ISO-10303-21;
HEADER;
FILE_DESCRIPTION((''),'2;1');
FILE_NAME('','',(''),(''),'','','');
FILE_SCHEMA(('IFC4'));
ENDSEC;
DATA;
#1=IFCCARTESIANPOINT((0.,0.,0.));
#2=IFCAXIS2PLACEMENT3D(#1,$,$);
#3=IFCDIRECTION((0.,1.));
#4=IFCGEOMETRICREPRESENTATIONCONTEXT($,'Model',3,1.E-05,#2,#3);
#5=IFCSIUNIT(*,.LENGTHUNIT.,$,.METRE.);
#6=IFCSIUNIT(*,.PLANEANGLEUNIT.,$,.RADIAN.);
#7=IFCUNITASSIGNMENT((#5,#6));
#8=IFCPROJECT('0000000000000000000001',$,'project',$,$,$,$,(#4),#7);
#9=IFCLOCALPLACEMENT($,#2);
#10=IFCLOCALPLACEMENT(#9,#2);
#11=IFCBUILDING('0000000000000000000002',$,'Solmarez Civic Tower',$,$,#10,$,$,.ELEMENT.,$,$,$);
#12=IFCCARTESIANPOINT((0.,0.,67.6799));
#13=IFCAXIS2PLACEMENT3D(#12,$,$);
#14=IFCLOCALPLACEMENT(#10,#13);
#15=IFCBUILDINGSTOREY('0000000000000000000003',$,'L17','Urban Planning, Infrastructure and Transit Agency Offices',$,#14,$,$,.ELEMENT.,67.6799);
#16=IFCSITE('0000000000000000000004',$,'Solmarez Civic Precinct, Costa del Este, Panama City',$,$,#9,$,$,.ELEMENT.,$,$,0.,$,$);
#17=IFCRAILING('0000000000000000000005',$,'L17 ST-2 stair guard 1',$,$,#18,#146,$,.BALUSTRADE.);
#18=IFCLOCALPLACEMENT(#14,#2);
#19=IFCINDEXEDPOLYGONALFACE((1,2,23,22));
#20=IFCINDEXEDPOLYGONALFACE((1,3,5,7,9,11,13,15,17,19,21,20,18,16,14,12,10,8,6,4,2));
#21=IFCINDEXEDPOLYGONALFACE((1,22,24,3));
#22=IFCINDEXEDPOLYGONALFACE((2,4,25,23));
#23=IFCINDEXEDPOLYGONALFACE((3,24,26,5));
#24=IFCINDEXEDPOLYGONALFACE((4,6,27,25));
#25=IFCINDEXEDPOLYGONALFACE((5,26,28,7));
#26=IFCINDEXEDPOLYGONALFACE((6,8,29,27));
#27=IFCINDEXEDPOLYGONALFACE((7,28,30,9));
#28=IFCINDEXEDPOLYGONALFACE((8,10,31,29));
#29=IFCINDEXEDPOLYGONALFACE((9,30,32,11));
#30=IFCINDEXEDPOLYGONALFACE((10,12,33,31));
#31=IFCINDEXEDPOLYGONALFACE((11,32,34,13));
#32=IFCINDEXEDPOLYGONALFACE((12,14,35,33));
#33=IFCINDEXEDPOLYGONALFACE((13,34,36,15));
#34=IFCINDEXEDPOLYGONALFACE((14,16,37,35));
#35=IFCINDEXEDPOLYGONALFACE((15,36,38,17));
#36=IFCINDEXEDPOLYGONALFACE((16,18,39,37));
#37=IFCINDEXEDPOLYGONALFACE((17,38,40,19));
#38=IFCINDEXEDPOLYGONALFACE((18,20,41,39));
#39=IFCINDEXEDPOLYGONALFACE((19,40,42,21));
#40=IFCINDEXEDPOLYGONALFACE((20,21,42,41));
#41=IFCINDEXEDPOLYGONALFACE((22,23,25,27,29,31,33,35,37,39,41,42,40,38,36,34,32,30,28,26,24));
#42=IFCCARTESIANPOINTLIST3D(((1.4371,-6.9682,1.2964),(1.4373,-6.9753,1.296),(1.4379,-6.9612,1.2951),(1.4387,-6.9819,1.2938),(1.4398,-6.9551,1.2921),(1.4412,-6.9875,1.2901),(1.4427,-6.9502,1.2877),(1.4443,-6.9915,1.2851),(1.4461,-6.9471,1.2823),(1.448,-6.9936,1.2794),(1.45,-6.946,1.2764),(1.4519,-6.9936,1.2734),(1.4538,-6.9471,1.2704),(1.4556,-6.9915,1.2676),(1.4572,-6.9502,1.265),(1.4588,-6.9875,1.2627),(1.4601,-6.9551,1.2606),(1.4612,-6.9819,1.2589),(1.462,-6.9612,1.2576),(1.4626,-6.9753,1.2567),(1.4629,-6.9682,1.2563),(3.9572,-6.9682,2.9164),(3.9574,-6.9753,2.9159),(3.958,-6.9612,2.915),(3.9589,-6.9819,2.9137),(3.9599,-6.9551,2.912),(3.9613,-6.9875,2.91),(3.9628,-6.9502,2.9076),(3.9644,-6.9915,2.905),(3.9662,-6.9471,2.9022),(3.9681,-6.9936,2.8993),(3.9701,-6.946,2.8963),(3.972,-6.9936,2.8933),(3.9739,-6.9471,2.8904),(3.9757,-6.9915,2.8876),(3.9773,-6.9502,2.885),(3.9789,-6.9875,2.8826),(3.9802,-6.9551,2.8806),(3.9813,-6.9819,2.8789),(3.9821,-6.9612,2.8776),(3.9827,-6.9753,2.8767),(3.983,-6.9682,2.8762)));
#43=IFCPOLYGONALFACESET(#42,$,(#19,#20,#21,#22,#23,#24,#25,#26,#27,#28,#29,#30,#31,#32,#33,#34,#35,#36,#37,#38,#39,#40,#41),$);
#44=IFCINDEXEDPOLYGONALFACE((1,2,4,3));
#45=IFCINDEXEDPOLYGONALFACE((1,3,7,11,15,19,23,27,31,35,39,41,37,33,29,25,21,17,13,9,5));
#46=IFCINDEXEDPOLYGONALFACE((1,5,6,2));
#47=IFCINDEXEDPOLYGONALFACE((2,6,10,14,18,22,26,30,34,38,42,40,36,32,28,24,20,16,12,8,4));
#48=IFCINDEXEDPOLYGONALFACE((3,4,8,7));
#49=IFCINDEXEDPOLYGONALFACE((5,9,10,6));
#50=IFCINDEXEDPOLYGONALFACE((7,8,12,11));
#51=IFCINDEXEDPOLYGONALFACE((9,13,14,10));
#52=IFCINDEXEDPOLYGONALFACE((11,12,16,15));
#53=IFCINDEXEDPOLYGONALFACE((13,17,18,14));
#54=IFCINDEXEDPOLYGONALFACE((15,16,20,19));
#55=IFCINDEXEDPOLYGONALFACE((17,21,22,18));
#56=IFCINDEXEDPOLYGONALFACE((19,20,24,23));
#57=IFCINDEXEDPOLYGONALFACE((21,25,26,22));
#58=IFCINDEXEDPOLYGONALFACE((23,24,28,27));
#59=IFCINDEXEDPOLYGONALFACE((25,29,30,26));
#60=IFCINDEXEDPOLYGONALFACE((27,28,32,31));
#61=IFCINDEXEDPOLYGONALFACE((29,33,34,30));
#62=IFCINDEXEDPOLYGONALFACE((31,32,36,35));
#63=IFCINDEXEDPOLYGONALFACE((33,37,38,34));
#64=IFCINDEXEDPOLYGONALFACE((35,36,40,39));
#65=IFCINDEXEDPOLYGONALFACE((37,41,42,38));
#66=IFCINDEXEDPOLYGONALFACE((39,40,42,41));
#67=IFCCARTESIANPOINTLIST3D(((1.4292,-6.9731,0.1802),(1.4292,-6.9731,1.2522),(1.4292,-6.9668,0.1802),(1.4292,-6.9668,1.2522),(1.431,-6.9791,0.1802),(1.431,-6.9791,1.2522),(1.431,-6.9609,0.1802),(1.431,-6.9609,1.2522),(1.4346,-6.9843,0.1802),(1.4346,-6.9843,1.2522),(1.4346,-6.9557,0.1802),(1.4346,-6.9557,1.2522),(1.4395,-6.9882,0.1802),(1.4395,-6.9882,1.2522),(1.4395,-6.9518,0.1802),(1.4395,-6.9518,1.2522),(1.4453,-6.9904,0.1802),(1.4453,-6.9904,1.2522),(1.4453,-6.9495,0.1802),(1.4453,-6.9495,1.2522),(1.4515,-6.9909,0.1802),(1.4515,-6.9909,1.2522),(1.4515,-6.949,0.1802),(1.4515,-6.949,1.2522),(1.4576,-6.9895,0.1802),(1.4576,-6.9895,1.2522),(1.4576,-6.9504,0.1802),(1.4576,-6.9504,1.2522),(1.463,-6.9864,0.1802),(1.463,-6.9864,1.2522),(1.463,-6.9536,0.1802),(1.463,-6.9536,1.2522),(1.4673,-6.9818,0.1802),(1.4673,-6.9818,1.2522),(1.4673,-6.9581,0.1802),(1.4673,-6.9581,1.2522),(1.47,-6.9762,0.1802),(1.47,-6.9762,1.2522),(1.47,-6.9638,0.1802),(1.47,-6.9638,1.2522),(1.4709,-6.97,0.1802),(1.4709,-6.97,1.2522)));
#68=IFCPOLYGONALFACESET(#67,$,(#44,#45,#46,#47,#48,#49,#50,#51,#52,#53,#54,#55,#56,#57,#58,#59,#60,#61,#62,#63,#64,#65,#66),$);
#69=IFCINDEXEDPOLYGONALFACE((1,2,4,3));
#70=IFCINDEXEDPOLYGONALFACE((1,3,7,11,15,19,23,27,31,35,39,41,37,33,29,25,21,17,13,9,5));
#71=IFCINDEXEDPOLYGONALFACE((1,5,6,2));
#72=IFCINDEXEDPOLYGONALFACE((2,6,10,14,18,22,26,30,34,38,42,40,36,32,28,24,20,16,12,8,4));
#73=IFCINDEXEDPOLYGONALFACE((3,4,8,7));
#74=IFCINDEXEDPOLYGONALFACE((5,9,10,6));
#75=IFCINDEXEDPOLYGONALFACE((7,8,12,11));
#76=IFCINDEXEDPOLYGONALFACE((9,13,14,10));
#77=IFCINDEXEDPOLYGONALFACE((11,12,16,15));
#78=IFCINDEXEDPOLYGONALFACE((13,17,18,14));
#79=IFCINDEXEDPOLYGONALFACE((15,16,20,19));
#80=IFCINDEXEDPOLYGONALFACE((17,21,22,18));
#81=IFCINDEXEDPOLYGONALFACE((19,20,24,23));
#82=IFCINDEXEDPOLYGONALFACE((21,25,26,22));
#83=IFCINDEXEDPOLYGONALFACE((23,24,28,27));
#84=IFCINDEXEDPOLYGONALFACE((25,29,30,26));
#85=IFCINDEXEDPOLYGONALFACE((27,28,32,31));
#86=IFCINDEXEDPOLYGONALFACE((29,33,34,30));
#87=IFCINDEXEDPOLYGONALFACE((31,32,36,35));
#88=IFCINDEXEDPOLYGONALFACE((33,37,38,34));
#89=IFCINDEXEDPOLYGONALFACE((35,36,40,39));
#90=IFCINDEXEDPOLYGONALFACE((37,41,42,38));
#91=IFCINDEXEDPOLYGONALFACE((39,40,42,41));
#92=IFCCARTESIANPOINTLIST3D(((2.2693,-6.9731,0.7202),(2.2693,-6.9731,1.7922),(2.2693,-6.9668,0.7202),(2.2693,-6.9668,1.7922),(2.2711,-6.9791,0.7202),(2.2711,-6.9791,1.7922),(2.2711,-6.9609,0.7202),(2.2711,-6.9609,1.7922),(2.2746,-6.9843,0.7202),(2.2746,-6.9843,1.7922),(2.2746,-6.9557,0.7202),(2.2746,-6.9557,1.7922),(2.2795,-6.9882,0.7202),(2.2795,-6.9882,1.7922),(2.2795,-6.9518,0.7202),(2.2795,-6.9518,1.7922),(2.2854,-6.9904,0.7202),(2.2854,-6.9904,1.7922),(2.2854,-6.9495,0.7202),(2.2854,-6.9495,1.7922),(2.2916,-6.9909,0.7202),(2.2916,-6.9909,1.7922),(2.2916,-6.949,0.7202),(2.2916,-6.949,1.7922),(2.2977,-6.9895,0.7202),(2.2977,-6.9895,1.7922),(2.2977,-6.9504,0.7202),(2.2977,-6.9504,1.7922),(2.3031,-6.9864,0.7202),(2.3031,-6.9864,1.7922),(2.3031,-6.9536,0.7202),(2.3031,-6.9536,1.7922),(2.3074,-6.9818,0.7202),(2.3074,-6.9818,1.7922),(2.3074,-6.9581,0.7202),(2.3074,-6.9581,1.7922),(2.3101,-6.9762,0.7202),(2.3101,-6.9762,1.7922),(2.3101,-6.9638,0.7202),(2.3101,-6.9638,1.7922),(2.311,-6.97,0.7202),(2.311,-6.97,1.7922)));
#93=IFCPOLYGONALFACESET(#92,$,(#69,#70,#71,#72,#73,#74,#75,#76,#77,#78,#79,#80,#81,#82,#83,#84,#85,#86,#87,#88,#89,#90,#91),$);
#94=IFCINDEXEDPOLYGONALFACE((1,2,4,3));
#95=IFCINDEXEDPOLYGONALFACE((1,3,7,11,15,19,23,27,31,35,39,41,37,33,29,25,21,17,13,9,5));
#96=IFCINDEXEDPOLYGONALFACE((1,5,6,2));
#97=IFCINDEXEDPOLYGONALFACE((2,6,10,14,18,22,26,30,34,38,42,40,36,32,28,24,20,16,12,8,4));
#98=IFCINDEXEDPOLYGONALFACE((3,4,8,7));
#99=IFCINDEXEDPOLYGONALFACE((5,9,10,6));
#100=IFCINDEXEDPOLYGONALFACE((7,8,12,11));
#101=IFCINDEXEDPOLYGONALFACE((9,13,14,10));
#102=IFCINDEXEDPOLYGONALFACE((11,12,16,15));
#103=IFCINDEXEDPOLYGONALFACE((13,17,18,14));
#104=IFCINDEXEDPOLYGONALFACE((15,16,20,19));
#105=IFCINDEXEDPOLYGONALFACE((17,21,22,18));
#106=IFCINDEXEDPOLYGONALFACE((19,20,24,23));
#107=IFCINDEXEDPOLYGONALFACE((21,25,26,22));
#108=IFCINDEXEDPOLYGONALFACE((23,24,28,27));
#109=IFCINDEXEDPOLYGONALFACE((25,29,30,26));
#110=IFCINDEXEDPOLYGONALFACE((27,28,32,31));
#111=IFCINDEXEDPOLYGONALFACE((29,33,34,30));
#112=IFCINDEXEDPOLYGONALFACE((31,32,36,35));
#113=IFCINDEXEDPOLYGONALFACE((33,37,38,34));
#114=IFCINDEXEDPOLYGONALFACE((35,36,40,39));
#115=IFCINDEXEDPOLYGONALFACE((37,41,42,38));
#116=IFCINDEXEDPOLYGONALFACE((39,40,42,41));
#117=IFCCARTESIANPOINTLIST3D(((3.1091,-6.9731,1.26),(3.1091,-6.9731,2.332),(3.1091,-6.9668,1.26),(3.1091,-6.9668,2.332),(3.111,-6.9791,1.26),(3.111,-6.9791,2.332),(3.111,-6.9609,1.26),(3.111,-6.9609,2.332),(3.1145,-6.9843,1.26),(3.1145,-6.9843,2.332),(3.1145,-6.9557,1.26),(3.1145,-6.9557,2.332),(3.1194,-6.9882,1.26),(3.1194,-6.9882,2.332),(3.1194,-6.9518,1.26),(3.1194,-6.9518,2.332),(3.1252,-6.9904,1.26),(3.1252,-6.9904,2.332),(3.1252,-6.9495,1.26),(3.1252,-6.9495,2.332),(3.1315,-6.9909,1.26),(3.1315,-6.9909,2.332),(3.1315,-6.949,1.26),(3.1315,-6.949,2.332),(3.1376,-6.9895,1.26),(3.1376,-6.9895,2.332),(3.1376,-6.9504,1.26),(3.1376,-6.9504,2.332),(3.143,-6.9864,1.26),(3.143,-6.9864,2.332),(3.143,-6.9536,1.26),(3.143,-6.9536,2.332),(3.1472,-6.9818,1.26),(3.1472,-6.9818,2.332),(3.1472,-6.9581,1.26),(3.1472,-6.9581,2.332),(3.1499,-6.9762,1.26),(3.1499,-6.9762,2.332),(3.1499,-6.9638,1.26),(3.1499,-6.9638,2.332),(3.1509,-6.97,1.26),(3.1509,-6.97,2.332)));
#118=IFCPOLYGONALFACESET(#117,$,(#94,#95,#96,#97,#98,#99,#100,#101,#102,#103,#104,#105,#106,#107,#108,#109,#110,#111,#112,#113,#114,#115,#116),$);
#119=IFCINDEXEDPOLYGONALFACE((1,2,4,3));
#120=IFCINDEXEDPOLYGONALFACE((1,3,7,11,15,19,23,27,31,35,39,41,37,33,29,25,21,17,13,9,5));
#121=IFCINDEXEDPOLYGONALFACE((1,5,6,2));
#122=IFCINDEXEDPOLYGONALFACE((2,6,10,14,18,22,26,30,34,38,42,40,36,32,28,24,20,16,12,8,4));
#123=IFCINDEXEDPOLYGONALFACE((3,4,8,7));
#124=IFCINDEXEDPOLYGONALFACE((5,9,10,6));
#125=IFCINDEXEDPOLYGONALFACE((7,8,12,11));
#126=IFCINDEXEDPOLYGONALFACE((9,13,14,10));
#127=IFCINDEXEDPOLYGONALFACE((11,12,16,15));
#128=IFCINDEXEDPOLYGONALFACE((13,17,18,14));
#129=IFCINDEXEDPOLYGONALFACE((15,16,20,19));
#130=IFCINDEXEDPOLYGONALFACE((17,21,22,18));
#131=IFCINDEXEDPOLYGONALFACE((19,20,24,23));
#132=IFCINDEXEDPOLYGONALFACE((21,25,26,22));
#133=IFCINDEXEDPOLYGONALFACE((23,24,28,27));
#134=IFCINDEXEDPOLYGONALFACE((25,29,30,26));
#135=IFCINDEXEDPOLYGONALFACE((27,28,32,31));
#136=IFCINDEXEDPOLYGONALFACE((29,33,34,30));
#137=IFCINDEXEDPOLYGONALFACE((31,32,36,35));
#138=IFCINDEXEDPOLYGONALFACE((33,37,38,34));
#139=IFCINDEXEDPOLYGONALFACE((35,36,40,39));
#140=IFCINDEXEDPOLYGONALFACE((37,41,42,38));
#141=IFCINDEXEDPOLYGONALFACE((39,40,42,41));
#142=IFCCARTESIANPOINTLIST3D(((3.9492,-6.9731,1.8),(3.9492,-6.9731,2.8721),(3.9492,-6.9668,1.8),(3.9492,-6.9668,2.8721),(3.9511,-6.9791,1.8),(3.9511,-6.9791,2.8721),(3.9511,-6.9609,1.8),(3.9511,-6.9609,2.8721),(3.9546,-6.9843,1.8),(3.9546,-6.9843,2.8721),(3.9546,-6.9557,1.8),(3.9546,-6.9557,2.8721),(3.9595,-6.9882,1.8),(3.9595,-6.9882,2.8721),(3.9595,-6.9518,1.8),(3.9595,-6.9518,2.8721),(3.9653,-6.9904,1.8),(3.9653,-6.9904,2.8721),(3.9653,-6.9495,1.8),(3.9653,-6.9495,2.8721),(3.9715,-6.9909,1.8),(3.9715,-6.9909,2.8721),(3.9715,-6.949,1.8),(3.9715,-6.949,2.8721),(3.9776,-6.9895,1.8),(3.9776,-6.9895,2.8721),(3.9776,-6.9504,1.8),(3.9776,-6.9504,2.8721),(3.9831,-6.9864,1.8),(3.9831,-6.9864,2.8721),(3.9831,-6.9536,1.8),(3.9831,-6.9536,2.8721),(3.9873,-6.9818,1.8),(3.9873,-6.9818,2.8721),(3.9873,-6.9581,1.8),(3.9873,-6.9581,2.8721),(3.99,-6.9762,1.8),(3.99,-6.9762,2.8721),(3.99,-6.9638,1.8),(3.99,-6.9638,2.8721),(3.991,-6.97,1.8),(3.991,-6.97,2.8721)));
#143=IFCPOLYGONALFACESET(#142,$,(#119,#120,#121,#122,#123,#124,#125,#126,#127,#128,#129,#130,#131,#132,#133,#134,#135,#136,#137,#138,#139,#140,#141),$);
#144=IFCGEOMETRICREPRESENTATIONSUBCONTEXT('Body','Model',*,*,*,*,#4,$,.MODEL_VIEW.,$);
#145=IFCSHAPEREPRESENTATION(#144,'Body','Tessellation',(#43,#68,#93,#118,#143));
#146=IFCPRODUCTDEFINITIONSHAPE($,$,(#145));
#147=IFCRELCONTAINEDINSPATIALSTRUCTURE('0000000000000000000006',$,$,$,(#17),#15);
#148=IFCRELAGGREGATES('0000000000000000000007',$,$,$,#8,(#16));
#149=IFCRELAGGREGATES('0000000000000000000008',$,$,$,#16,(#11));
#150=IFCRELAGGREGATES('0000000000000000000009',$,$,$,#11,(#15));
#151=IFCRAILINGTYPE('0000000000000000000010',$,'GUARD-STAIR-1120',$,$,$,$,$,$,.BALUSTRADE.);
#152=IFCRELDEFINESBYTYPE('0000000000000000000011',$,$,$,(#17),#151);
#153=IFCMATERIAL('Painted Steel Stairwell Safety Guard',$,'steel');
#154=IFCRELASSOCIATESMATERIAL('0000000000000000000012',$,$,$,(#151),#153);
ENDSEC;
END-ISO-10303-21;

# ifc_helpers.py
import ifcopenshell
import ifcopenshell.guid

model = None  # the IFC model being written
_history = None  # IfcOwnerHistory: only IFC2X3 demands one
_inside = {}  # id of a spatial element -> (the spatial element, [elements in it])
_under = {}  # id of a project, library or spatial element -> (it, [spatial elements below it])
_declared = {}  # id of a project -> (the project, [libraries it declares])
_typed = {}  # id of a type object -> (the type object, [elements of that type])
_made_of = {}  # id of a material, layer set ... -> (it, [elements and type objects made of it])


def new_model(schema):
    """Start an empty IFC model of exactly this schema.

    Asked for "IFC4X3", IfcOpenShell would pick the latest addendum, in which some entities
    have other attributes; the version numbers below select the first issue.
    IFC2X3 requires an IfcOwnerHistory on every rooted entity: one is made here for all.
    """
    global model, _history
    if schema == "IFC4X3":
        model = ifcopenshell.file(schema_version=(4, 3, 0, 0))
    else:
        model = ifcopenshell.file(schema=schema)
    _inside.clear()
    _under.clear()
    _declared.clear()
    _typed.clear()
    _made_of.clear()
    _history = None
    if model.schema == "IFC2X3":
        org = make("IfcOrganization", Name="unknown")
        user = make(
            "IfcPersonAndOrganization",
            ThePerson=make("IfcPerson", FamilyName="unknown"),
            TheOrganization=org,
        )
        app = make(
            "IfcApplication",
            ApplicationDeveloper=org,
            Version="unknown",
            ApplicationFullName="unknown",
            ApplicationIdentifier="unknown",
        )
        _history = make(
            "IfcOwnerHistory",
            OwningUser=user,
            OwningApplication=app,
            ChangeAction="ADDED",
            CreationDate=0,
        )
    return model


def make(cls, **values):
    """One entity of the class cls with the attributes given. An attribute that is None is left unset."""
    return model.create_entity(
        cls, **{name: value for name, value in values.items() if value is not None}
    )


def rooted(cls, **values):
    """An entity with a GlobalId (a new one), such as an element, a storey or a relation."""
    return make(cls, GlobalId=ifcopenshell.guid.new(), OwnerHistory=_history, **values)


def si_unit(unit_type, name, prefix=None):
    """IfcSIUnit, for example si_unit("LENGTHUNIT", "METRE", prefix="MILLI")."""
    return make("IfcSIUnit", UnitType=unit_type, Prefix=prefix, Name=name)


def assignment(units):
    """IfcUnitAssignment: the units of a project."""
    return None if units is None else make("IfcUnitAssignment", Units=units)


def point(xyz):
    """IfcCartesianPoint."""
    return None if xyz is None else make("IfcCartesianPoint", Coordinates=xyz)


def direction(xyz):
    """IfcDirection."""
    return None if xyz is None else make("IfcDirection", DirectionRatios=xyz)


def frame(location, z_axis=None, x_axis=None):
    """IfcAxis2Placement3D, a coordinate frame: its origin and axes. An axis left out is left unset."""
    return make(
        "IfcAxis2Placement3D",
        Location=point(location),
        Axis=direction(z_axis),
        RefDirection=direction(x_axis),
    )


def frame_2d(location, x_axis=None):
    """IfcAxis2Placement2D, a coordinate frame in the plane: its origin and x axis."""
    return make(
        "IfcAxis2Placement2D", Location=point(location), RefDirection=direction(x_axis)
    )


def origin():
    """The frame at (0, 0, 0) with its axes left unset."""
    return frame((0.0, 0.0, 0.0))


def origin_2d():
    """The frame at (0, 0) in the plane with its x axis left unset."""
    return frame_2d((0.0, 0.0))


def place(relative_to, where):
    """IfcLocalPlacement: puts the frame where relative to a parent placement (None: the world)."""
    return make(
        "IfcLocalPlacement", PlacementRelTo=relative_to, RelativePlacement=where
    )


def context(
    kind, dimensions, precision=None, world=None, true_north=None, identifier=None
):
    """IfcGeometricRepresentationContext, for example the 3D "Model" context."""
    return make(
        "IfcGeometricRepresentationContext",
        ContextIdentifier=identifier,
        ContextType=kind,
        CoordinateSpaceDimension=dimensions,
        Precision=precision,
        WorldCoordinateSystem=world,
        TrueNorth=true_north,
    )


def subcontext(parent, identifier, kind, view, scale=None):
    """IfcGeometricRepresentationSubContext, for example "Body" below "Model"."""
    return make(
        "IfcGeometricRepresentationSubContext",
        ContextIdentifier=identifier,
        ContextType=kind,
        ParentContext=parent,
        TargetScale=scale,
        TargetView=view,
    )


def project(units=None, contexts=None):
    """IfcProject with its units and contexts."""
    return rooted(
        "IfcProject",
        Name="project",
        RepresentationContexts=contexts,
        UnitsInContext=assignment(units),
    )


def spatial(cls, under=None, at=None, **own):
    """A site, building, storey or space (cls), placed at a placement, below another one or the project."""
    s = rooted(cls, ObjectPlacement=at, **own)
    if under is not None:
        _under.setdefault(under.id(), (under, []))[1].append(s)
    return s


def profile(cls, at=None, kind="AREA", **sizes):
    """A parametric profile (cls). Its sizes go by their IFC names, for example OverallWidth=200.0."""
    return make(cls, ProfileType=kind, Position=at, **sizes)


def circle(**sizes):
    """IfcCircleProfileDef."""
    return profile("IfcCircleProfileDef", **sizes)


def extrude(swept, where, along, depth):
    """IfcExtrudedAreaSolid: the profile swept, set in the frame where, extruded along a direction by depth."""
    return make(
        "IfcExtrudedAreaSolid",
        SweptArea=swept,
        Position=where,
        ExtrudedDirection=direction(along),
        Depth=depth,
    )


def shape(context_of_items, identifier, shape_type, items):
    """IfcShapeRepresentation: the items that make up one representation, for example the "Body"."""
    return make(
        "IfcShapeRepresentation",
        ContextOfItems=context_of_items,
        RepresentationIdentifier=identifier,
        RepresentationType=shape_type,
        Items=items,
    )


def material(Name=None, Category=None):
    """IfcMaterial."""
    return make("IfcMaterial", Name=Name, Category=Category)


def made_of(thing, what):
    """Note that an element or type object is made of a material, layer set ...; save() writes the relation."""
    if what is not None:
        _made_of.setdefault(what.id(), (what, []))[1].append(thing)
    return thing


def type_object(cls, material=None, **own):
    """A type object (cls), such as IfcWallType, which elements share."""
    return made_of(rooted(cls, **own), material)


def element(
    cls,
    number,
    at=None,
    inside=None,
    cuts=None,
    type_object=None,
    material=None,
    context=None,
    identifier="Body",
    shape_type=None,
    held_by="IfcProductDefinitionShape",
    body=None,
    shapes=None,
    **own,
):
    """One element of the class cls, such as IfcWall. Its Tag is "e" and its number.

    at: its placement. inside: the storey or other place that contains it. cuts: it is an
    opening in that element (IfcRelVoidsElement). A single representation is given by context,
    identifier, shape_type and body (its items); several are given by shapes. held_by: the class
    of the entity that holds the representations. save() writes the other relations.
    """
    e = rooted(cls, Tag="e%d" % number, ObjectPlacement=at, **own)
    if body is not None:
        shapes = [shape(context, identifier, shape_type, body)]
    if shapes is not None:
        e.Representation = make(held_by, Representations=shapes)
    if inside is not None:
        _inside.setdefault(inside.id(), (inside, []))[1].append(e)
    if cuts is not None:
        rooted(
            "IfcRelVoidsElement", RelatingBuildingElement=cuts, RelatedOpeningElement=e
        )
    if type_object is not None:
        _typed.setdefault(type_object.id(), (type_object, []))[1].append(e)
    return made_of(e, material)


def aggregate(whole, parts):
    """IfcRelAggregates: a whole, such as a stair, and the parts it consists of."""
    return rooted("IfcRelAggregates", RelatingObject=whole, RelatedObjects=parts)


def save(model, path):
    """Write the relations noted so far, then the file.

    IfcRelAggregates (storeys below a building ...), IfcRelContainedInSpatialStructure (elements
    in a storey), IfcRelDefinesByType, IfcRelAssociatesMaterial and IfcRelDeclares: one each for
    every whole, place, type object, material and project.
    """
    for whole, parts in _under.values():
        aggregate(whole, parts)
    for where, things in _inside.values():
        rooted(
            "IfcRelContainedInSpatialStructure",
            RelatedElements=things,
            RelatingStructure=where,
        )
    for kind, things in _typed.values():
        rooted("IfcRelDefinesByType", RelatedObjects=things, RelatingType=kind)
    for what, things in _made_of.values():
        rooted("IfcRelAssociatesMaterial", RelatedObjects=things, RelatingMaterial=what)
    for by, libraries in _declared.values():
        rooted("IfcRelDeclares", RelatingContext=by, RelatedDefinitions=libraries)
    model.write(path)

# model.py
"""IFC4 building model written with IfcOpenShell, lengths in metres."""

from ifc_helpers import new_model, si_unit, direction, frame, origin, origin_2d, place, context, subcontext, project, spatial, circle, extrude, material, type_object, element, save


model = new_model("IFC4")

# Units and contexts
model_context = context("Model", 3, precision=1e-05, world=origin(), true_north=direction((0.0, 1.0)))
body_context = subcontext(model_context, "Body", "Model", "MODEL_VIEW")
ifc_project = project(units=[si_unit("LENGTHUNIT", "METRE"), si_unit("PLANEANGLEUNIT", "RADIAN")], contexts=[model_context])

# Site, building, storey
site_placement = place(None, origin())
site = spatial("IfcSite", under=ifc_project, at=site_placement, Name="Solmarez Civic Precinct, Costa del Este, Panama City", CompositionType="ELEMENT", RefElevation=0.0)
building_placement = place(site_placement, origin())
building = spatial("IfcBuilding", under=site, at=building_placement, Name="Solmarez Civic Tower", CompositionType="ELEMENT")
storey_placement = place(building_placement, frame((0.0, 0.0, 67.6799)))
storey = spatial("IfcBuildingStorey", under=building, at=storey_placement, Name="L17", Description="Urban Planning, Infrastructure and Transit Agency Offices", CompositionType="ELEMENT", Elevation=67.6799)

# Railing
ifc_material_1 = material(Name="Painted Steel Stairwell Safety Guard", Category="steel")
railing_type_1 = type_object("IfcRailingType", Name="GUARD-STAIR-1120", PredefinedType="BALUSTRADE", material=ifc_material_1)
railing_1_placement = place(storey_placement, frame((1.45, -6.97, 0.1802)))
element("IfcRailing", 1, at=railing_1_placement, inside=storey, type_object=railing_type_1, Name="L17 ST-2 stair guard 1", PredefinedType="BALUSTRADE", context=body_context, shape_type="SweptSolid", body=[
    extrude(circle(Radius=0.0239, at=origin_2d()), frame((0.0, 0.0, 1.0962), z_axis=(0.8412, 0.0, 0.540725), x_axis=(0.0, 1.0, 0.0)), (0.0, 0.0, 1.0), 2.9958),
    extrude(circle(Radius=0.021, at=origin_2d()), origin(), (0.0, 0.0, 1.0), 1.072),
    extrude(circle(Radius=0.021, at=origin_2d()), frame((0.8401, 0.0, 0.54)), (0.0, 0.0, 1.0), 1.072),
    extrude(circle(Radius=0.021, at=origin_2d()), frame((1.6799, 0.0, 1.0798)), (0.0, 0.0, 1.0), 1.072),
    extrude(circle(Radius=0.021, at=origin_2d()), frame((2.52, 0.0, 1.6199)), (0.0, 0.0, 1.0), 1.072),
])

save(model, "model.ifc")
